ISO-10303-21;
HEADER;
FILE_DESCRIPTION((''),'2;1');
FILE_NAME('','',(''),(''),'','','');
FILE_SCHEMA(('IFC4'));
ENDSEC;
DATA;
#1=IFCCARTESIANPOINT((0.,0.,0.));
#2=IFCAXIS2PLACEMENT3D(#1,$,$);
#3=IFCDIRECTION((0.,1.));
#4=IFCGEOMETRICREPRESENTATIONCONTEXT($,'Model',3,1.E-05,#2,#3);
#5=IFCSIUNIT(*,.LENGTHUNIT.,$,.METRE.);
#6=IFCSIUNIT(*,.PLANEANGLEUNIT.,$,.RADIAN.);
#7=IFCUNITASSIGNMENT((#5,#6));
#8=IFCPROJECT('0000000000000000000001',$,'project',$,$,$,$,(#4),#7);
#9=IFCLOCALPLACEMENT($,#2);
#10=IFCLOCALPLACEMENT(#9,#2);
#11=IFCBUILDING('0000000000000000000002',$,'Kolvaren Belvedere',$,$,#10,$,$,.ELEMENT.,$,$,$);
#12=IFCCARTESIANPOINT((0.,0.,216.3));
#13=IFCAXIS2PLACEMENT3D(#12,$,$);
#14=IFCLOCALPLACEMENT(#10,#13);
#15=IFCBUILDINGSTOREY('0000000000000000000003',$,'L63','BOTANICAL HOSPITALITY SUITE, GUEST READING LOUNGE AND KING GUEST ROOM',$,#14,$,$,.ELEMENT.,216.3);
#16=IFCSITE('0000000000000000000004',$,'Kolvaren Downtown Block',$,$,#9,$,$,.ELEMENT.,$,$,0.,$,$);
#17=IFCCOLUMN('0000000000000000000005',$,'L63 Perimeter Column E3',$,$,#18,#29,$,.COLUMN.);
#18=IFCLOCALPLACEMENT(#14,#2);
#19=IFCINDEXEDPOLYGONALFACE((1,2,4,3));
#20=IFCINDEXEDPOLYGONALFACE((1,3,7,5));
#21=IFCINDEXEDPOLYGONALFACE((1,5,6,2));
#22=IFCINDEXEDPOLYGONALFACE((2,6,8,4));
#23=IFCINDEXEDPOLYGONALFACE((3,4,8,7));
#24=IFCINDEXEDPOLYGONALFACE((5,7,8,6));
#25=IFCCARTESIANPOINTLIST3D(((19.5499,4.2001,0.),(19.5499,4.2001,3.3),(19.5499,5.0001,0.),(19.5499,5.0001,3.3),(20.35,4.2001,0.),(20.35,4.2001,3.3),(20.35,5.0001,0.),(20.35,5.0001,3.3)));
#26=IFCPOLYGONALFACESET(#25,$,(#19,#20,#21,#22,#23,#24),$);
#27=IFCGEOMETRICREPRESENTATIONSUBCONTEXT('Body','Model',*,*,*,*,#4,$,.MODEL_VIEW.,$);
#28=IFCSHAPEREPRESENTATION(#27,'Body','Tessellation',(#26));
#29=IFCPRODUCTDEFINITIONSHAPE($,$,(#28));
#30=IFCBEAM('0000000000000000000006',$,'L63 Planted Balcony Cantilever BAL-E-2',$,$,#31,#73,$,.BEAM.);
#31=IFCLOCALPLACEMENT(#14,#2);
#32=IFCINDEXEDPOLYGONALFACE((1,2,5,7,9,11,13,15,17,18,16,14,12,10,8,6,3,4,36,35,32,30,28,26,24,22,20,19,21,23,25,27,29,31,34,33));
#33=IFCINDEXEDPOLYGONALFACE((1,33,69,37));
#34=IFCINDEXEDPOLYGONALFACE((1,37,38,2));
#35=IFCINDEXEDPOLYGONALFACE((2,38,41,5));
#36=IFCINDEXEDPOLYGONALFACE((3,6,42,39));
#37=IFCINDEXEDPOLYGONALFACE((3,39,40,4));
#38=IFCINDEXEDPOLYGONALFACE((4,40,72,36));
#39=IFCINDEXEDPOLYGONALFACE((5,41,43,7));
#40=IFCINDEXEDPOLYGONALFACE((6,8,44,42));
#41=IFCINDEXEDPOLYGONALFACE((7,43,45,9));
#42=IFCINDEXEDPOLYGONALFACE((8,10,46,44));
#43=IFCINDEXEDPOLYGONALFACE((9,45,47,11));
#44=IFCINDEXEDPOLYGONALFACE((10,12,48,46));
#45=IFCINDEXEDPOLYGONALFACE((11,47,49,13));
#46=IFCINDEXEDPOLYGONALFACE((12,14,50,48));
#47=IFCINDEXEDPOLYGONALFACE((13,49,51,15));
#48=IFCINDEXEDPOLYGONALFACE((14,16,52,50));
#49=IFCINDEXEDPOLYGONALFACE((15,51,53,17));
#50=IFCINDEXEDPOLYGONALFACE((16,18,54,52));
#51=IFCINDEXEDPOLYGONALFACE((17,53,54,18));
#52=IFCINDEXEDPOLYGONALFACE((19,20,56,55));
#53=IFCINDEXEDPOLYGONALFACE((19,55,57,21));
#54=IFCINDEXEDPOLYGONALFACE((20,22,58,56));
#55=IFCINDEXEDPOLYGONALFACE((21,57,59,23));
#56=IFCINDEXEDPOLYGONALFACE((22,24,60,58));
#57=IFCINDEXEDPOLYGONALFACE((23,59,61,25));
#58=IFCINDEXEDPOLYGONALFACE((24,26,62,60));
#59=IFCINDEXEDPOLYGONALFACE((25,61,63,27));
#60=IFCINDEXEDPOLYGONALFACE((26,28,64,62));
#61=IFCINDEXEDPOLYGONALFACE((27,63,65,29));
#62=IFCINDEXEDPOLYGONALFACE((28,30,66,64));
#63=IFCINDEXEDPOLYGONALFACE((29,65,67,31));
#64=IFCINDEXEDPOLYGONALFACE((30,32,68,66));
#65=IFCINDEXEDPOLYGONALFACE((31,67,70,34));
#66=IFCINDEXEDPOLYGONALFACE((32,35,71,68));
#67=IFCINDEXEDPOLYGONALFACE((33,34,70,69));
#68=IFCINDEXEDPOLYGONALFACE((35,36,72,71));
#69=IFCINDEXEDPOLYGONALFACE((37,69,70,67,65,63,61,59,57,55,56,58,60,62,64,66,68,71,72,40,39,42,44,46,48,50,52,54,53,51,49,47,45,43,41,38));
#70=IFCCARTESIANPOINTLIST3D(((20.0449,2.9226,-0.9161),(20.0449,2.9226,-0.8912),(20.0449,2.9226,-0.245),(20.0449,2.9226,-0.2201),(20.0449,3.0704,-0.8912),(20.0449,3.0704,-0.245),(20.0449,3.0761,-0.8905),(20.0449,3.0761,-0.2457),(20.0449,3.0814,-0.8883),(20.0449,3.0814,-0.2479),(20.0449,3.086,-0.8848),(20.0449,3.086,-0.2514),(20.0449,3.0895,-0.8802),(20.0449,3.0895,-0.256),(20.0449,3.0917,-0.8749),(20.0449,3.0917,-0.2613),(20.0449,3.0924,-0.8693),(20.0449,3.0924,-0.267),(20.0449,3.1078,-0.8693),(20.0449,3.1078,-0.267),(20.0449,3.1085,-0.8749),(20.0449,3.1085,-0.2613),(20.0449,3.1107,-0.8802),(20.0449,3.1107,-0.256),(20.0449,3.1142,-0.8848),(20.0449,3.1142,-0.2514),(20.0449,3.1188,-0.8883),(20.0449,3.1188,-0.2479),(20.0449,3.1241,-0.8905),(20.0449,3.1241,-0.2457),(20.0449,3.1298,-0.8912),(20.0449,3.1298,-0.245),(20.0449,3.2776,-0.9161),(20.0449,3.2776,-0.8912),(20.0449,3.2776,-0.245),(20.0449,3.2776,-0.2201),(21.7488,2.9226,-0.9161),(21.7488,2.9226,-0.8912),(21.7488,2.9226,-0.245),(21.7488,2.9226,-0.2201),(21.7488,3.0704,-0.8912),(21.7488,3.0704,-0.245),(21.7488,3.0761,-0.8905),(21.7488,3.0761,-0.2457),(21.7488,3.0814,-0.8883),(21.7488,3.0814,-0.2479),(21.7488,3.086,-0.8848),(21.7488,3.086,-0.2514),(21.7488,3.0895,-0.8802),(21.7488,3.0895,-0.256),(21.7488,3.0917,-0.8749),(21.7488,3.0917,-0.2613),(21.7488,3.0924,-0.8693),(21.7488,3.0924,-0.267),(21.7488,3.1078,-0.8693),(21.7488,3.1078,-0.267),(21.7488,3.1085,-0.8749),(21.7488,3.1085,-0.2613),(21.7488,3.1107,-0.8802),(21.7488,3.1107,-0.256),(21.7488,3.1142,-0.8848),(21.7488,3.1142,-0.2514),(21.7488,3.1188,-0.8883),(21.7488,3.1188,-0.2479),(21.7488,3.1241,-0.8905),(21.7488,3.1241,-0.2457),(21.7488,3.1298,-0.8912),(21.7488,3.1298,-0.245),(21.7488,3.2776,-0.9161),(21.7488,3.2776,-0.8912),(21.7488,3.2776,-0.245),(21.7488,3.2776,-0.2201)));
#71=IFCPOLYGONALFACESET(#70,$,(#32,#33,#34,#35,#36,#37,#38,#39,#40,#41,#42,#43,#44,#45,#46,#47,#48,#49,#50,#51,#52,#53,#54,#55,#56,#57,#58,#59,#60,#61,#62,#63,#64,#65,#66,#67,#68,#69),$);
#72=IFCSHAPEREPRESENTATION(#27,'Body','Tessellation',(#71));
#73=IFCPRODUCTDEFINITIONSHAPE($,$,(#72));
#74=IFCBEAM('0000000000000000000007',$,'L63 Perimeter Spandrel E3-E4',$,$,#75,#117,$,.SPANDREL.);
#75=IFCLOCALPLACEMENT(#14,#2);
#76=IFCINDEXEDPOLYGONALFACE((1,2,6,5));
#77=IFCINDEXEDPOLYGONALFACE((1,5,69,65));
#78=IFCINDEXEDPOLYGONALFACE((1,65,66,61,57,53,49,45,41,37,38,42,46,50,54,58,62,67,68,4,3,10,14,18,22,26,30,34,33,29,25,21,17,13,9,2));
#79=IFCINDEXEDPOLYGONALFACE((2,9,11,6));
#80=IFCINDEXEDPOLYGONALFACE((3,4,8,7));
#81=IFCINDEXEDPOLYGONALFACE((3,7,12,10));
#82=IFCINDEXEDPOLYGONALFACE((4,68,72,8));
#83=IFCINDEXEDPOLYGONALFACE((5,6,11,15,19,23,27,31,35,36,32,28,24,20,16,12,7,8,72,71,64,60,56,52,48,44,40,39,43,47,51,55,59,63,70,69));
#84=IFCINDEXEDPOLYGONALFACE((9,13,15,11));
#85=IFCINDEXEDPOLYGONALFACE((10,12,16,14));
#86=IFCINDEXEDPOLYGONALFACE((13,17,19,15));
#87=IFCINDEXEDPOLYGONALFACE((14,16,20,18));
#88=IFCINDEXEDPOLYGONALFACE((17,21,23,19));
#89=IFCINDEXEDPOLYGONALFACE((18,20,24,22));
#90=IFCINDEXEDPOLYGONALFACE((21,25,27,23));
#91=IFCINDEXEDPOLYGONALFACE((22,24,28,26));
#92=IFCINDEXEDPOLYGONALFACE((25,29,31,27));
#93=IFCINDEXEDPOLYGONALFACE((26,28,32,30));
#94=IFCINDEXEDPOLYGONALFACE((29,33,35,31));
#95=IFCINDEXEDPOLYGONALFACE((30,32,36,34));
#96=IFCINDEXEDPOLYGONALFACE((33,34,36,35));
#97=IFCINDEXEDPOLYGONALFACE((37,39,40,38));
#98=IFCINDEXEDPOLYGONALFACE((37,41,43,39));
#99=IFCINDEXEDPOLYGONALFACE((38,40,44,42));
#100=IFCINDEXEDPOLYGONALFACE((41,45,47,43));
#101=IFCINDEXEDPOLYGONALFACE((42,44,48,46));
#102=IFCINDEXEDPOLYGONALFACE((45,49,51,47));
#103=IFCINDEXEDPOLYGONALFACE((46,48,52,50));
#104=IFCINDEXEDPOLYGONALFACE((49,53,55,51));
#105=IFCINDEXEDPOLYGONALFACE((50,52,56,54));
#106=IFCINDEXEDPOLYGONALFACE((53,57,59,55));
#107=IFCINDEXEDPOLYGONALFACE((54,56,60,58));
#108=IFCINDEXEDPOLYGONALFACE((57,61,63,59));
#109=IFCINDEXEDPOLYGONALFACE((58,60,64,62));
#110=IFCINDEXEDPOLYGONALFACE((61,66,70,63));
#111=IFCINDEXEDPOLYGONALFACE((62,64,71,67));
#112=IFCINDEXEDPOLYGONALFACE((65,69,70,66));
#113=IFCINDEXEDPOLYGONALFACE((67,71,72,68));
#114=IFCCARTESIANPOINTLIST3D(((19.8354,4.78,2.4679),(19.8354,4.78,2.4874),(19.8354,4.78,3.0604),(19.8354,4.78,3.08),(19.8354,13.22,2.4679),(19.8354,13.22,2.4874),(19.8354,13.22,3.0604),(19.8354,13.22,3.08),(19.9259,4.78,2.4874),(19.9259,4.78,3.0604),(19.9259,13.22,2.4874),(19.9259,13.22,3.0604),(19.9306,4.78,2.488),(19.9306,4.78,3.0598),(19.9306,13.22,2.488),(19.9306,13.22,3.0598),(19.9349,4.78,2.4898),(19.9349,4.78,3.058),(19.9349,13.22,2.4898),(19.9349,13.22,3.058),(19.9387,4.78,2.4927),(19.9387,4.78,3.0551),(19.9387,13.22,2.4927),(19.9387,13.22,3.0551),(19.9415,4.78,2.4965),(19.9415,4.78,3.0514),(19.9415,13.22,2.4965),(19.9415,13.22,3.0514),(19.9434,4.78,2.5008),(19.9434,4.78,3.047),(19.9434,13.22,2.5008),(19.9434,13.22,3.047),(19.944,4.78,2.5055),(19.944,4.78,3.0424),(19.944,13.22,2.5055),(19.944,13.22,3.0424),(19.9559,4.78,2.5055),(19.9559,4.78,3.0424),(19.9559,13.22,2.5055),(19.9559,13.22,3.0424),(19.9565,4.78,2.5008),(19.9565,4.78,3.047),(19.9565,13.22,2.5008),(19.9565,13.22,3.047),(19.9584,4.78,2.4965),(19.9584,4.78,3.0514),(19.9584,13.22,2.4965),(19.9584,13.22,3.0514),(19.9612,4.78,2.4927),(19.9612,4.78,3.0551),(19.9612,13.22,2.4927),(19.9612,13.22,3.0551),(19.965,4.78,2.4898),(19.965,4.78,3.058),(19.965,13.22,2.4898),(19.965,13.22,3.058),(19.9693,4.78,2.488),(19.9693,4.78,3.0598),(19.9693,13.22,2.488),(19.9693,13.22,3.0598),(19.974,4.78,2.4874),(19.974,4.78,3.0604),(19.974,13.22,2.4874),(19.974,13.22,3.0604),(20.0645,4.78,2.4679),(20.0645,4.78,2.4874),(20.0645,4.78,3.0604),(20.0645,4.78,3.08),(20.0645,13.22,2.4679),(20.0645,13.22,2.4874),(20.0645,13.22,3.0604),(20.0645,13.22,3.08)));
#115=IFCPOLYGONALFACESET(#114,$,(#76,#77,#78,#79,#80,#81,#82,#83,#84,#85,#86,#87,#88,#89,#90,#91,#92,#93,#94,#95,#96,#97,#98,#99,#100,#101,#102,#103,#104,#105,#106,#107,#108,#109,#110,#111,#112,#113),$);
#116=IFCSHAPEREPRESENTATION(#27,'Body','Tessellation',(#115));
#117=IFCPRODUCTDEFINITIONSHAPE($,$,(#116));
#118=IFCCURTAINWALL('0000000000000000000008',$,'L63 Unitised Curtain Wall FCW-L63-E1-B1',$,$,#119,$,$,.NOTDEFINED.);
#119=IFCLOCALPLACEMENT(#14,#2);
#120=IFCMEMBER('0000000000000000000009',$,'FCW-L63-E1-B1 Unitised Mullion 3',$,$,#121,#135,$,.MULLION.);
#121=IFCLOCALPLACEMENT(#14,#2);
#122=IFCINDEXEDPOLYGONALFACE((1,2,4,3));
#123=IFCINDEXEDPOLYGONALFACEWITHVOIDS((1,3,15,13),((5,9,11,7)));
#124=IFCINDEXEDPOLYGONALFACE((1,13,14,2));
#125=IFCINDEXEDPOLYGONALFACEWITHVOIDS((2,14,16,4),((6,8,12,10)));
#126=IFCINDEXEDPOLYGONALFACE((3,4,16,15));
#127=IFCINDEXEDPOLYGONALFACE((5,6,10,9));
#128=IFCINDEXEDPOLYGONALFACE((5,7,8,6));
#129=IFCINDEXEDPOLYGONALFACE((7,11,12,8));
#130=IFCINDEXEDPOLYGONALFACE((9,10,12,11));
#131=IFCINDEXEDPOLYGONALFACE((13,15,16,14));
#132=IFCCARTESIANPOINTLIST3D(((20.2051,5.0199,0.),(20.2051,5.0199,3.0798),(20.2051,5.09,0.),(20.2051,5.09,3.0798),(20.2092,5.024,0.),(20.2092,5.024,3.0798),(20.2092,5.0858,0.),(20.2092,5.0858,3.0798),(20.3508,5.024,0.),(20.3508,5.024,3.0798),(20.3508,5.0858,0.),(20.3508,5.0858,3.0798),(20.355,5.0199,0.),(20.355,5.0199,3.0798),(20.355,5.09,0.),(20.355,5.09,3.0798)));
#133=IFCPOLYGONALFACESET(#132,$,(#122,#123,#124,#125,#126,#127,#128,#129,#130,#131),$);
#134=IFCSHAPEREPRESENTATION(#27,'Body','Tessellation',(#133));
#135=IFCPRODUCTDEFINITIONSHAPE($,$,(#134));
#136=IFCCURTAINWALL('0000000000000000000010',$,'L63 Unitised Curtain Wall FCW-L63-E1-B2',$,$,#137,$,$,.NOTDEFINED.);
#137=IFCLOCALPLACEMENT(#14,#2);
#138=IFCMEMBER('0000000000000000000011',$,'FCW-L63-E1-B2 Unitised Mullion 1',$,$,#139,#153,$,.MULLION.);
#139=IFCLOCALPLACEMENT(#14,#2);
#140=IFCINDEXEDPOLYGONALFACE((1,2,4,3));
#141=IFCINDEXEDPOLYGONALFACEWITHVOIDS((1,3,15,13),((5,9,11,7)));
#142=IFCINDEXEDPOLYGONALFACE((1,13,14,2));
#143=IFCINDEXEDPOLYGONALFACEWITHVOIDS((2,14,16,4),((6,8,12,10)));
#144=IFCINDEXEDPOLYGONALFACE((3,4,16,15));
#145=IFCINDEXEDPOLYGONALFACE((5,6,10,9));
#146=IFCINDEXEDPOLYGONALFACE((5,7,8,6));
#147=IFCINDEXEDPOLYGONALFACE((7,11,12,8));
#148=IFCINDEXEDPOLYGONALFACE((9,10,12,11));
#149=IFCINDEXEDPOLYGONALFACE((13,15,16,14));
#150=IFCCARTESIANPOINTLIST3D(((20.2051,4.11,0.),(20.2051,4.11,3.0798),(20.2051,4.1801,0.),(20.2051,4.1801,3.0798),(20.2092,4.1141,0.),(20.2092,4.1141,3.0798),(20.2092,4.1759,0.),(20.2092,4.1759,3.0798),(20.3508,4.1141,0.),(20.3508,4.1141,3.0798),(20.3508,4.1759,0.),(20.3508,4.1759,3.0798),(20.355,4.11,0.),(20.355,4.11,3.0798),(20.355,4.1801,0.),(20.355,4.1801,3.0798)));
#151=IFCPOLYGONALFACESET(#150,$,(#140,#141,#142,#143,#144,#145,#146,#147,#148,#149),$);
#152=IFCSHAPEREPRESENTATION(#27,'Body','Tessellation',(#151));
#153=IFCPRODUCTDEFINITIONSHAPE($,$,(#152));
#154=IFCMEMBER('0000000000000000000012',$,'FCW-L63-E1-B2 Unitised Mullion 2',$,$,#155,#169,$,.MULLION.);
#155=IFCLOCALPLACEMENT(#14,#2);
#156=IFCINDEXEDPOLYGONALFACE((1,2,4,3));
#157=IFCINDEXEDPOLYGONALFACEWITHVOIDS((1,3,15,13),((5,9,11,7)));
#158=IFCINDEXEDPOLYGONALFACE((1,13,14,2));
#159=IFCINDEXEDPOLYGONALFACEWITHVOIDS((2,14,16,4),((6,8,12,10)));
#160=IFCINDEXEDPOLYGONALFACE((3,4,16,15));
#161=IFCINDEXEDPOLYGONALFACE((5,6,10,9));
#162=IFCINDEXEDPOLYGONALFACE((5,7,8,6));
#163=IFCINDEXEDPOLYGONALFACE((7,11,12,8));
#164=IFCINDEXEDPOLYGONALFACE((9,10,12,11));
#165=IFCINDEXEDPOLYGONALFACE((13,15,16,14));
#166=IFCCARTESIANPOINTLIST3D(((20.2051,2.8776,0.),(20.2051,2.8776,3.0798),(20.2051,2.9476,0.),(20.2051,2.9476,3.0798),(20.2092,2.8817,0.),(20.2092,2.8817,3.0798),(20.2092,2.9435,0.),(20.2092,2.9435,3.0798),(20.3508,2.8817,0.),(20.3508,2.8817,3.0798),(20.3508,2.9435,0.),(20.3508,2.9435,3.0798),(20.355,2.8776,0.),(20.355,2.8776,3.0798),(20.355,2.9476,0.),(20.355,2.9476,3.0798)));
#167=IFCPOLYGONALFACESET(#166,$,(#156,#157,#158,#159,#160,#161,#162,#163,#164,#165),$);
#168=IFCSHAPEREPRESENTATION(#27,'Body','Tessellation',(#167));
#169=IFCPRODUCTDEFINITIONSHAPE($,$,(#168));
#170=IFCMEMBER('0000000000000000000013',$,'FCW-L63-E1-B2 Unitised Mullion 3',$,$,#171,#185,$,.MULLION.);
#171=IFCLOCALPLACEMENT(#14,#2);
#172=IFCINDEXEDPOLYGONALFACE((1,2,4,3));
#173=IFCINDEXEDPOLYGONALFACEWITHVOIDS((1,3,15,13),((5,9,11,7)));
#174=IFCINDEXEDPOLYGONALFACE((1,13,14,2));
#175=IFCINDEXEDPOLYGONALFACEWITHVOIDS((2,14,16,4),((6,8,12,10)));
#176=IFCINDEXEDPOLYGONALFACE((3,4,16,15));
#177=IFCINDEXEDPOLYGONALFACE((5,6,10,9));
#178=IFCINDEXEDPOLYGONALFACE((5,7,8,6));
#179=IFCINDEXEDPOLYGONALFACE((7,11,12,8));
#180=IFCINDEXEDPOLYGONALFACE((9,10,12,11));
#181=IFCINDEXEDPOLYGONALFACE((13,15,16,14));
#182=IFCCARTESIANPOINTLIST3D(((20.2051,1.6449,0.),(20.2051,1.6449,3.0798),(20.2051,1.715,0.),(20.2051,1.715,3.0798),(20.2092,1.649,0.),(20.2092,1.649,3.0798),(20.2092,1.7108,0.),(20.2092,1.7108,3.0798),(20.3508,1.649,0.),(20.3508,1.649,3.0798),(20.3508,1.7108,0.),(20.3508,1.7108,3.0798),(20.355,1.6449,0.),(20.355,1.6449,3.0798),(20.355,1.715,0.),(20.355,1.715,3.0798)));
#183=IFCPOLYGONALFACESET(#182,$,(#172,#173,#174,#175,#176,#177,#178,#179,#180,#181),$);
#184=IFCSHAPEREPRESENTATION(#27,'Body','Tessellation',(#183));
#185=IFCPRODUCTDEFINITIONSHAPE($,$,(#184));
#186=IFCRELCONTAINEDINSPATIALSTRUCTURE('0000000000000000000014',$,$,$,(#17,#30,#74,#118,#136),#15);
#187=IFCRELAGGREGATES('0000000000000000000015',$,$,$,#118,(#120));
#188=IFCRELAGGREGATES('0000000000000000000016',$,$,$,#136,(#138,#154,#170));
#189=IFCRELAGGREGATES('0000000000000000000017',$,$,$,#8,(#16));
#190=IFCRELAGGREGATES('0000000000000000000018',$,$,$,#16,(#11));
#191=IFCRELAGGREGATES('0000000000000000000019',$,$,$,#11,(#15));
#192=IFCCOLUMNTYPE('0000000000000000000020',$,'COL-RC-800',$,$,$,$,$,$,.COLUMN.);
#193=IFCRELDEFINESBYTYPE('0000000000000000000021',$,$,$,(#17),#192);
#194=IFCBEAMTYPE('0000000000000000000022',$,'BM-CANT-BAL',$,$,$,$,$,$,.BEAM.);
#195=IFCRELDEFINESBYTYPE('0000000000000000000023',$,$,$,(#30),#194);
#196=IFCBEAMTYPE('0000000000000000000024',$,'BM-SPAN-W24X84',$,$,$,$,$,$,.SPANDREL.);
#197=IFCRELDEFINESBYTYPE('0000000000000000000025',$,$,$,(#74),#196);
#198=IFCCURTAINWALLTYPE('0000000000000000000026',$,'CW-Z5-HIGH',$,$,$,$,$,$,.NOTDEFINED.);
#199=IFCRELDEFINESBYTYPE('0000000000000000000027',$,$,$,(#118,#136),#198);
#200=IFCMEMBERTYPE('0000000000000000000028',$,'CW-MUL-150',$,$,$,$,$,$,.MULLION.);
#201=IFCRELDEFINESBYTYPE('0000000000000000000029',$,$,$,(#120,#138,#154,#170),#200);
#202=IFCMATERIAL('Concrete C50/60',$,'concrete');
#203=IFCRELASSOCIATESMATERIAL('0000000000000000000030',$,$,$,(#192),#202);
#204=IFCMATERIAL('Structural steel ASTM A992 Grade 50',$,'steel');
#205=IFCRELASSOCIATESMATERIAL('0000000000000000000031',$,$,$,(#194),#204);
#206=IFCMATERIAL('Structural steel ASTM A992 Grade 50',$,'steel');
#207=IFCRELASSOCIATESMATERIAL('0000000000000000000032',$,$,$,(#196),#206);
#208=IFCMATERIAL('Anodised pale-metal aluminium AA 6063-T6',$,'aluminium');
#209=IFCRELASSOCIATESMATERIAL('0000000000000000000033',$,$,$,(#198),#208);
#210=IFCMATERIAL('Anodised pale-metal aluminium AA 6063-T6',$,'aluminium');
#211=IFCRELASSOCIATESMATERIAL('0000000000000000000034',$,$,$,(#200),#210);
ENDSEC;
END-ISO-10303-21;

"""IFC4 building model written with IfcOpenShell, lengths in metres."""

from ifc_helpers import new_model, si_unit, direction, frame, origin, origin_2d, place, context, subcontext, project, spatial, rectangle, hollow_rectangle, i_section, extrude, material, material_profile, profile_set, type_object, element, aggregate, save


model = new_model("IFC4")

# Units and contexts
model_context = context("Model", 3, precision=1e-05, world=origin(), true_north=direction((0.0, 1.0)))
body_context = subcontext(model_context, "Body", "Model", "MODEL_VIEW")
ifc_project = project(units=[si_unit("LENGTHUNIT", "METRE"), si_unit("PLANEANGLEUNIT", "RADIAN")], contexts=[model_context])

# Site, building, storey
site_placement = place(None, origin())
site = spatial("IfcSite", under=ifc_project, at=site_placement, Name="Kolvaren Downtown Block", CompositionType="ELEMENT", RefElevation=0.0)
building_placement = place(site_placement, origin())
building = spatial("IfcBuilding", under=site, at=building_placement, Name="Kolvaren Belvedere", CompositionType="ELEMENT")
storey_placement = place(building_placement, frame((0.0, 0.0, 216.3)))
storey = spatial("IfcBuildingStorey", under=building, at=storey_placement, Name="L63", Description="BOTANICAL HOSPITALITY SUITE, GUEST READING LOUNGE AND KING GUEST ROOM", CompositionType="ELEMENT", Elevation=216.3)

# Column
ifc_material_1 = material(Name="Concrete C50/60", Category="concrete")
ifc_material_profile_1 = material_profile(ifc_material_1, rectangle(XDim=0.8, YDim=0.8, at=origin_2d()), Name="RC 800X800")
ifc_profile_set_1 = profile_set([ifc_material_profile_1], Name="Concrete C50/60")
column_type = type_object("IfcColumnType", Name="COL-RC-800", PredefinedType="COLUMN", material=ifc_profile_set_1)
column_placement = place(storey_placement, frame((19.95, 4.6001, 0.0), z_axis=(0.0, 0.0, 1.0), x_axis=(1.0, 0.0, 0.0)))
element("IfcColumn", 1, at=column_placement, inside=storey, type_object=column_type, Name="L63 Perimeter Column E3", PredefinedType="COLUMN", context=body_context, shape_type="SweptSolid", body=[
    extrude(rectangle(XDim=0.8, YDim=0.8, at=origin_2d()), origin(), (0.0, 0.0, 1.0), 3.3),
])

# Beams
ifc_material_2 = material(Name="Structural steel ASTM A992 Grade 50", Category="steel")
ifc_material_profile_2 = material_profile(ifc_material_2, i_section(OverallWidth=0.355, OverallDepth=0.696, WebThickness=0.0154, FlangeThickness=0.0249, FilletRadius=0.022, at=origin_2d()), Name="W27X146")
ifc_profile_set_2 = profile_set([ifc_material_profile_2], Name="Structural steel ASTM A992 Grade 50")
beam_type_1 = type_object("IfcBeamType", Name="BM-CANT-BAL", PredefinedType="BEAM", material=ifc_profile_set_2)
beam_1_placement = place(storey_placement, frame((20.0449, 3.1001, -0.5681), z_axis=(1.0, 0.0, 0.0), x_axis=(0.0, 1.0, 0.0)))
element("IfcBeam", 2, at=beam_1_placement, inside=storey, type_object=beam_type_1, Name="L63 Planted Balcony Cantilever BAL-E-2", PredefinedType="BEAM", context=body_context, shape_type="SweptSolid", body=[
    extrude(i_section(OverallWidth=0.355, OverallDepth=0.696, WebThickness=0.0154, FlangeThickness=0.0249, FilletRadius=0.022, at=origin_2d()), origin(), (0.0, 0.0, 1.0), 1.7039),
])
ifc_material_3 = material(Name="Structural steel ASTM A992 Grade 50", Category="steel")
ifc_material_profile_3 = material_profile(ifc_material_3, i_section(OverallWidth=0.229, OverallDepth=0.6121, WebThickness=0.012, FlangeThickness=0.0195, FilletRadius=0.0181, at=origin_2d()), Name="W24X84")
ifc_profile_set_3 = profile_set([ifc_material_profile_3], Name="Structural steel ASTM A992 Grade 50")
beam_type_2 = type_object("IfcBeamType", Name="BM-SPAN-W24X84", PredefinedType="SPANDREL", material=ifc_profile_set_3)
beam_2_placement = place(storey_placement, frame((19.95, 4.78, 2.7739), z_axis=(0.0, 1.0, 0.0), x_axis=(-1.0, 0.0, 0.0)))
element("IfcBeam", 3, at=beam_2_placement, inside=storey, type_object=beam_type_2, Name="L63 Perimeter Spandrel E3-E4", PredefinedType="SPANDREL", context=body_context, shape_type="SweptSolid", body=[
    extrude(i_section(OverallWidth=0.229, OverallDepth=0.6121, WebThickness=0.012, FlangeThickness=0.0195, FilletRadius=0.0181, at=origin_2d()), origin(), (0.0, 0.0, 1.0), 8.4399),
])

# Curtain wall, member
ifc_material_4 = material(Name="Anodised pale-metal aluminium AA 6063-T6", Category="aluminium")
curtain_wall_type = type_object("IfcCurtainWallType", Name="CW-Z5-HIGH", PredefinedType="NOTDEFINED", material=ifc_material_4)
curtain_wall_1_placement = place(storey_placement, origin())
curtain_wall_1 = element("IfcCurtainWall", 4, at=curtain_wall_1_placement, inside=storey, type_object=curtain_wall_type, Name="L63 Unitised Curtain Wall FCW-L63-E1-B1", PredefinedType="NOTDEFINED")
ifc_material_5 = material(Name="Anodised pale-metal aluminium AA 6063-T6", Category="aluminium")
ifc_material_profile_4 = material_profile(ifc_material_5, hollow_rectangle(XDim=0.0701, YDim=0.1499, WallThickness=0.0042, at=origin_2d()), Name="ALU-MUL-150X70")
ifc_profile_set_4 = profile_set([ifc_material_profile_4], Name="Anodised pale-metal aluminium AA 6063-T6")
member_type_1 = type_object("IfcMemberType", Name="CW-MUL-150", PredefinedType="MULLION", material=ifc_profile_set_4)
member_1_placement = place(storey_placement, frame((20.28, 5.0549, 0.0), z_axis=(0.0, 0.0, 1.0), x_axis=(0.0, 1.0, 0.0)))
member_1 = element("IfcMember", 5, at=member_1_placement, type_object=member_type_1, Name="FCW-L63-E1-B1 Unitised Mullion 3", PredefinedType="MULLION", context=body_context, shape_type="SweptSolid", body=[
    extrude(hollow_rectangle(XDim=0.0701, YDim=0.1499, WallThickness=0.0042, at=origin_2d()), origin(), (0.0, 0.0, 1.0), 3.0798),
])
aggregate(curtain_wall_1, [member_1])

# Curtain wall, members
curtain_wall_2_placement = place(storey_placement, origin())
curtain_wall_2 = element("IfcCurtainWall", 6, at=curtain_wall_2_placement, inside=storey, type_object=curtain_wall_type, Name="L63 Unitised Curtain Wall FCW-L63-E1-B2", PredefinedType="NOTDEFINED")
member_2_placement = place(storey_placement, frame((20.28, 4.145, 0.0), z_axis=(0.0, 0.0, 1.0), x_axis=(0.0, 1.0, 0.0)))
member_2 = element("IfcMember", 7, at=member_2_placement, type_object=member_type_1, Name="FCW-L63-E1-B2 Unitised Mullion 1", PredefinedType="MULLION", context=body_context, shape_type="SweptSolid", body=[
    extrude(hollow_rectangle(XDim=0.0701, YDim=0.1499, WallThickness=0.0042, at=origin_2d()), origin(), (0.0, 0.0, 1.0), 3.0798),
])
member_3_placement = place(storey_placement, frame((20.28, 2.9126, 0.0), z_axis=(0.0, 0.0, 1.0), x_axis=(0.0, 1.0, 0.0)))
member_3 = element("IfcMember", 8, at=member_3_placement, type_object=member_type_1, Name="FCW-L63-E1-B2 Unitised Mullion 2", PredefinedType="MULLION", context=body_context, shape_type="SweptSolid", body=[
    extrude(hollow_rectangle(XDim=0.0701, YDim=0.1499, WallThickness=0.0042, at=origin_2d()), origin(), (0.0, 0.0, 1.0), 3.0798),
])
member_4_placement = place(storey_placement, frame((20.28, 1.6799, 0.0), z_axis=(0.0, 0.0, 1.0), x_axis=(0.0, 1.0, 0.0)))
member_4 = element("IfcMember", 9, at=member_4_placement, type_object=member_type_1, Name="FCW-L63-E1-B2 Unitised Mullion 3", PredefinedType="MULLION", context=body_context, shape_type="SweptSolid", body=[
    extrude(hollow_rectangle(XDim=0.0701, YDim=0.1499, WallThickness=0.0042, at=origin_2d()), origin(), (0.0, 0.0, 1.0), 3.0798),
])

aggregate(curtain_wall_2, [member_2, member_3, member_4])

save(model, "model.ifc")
